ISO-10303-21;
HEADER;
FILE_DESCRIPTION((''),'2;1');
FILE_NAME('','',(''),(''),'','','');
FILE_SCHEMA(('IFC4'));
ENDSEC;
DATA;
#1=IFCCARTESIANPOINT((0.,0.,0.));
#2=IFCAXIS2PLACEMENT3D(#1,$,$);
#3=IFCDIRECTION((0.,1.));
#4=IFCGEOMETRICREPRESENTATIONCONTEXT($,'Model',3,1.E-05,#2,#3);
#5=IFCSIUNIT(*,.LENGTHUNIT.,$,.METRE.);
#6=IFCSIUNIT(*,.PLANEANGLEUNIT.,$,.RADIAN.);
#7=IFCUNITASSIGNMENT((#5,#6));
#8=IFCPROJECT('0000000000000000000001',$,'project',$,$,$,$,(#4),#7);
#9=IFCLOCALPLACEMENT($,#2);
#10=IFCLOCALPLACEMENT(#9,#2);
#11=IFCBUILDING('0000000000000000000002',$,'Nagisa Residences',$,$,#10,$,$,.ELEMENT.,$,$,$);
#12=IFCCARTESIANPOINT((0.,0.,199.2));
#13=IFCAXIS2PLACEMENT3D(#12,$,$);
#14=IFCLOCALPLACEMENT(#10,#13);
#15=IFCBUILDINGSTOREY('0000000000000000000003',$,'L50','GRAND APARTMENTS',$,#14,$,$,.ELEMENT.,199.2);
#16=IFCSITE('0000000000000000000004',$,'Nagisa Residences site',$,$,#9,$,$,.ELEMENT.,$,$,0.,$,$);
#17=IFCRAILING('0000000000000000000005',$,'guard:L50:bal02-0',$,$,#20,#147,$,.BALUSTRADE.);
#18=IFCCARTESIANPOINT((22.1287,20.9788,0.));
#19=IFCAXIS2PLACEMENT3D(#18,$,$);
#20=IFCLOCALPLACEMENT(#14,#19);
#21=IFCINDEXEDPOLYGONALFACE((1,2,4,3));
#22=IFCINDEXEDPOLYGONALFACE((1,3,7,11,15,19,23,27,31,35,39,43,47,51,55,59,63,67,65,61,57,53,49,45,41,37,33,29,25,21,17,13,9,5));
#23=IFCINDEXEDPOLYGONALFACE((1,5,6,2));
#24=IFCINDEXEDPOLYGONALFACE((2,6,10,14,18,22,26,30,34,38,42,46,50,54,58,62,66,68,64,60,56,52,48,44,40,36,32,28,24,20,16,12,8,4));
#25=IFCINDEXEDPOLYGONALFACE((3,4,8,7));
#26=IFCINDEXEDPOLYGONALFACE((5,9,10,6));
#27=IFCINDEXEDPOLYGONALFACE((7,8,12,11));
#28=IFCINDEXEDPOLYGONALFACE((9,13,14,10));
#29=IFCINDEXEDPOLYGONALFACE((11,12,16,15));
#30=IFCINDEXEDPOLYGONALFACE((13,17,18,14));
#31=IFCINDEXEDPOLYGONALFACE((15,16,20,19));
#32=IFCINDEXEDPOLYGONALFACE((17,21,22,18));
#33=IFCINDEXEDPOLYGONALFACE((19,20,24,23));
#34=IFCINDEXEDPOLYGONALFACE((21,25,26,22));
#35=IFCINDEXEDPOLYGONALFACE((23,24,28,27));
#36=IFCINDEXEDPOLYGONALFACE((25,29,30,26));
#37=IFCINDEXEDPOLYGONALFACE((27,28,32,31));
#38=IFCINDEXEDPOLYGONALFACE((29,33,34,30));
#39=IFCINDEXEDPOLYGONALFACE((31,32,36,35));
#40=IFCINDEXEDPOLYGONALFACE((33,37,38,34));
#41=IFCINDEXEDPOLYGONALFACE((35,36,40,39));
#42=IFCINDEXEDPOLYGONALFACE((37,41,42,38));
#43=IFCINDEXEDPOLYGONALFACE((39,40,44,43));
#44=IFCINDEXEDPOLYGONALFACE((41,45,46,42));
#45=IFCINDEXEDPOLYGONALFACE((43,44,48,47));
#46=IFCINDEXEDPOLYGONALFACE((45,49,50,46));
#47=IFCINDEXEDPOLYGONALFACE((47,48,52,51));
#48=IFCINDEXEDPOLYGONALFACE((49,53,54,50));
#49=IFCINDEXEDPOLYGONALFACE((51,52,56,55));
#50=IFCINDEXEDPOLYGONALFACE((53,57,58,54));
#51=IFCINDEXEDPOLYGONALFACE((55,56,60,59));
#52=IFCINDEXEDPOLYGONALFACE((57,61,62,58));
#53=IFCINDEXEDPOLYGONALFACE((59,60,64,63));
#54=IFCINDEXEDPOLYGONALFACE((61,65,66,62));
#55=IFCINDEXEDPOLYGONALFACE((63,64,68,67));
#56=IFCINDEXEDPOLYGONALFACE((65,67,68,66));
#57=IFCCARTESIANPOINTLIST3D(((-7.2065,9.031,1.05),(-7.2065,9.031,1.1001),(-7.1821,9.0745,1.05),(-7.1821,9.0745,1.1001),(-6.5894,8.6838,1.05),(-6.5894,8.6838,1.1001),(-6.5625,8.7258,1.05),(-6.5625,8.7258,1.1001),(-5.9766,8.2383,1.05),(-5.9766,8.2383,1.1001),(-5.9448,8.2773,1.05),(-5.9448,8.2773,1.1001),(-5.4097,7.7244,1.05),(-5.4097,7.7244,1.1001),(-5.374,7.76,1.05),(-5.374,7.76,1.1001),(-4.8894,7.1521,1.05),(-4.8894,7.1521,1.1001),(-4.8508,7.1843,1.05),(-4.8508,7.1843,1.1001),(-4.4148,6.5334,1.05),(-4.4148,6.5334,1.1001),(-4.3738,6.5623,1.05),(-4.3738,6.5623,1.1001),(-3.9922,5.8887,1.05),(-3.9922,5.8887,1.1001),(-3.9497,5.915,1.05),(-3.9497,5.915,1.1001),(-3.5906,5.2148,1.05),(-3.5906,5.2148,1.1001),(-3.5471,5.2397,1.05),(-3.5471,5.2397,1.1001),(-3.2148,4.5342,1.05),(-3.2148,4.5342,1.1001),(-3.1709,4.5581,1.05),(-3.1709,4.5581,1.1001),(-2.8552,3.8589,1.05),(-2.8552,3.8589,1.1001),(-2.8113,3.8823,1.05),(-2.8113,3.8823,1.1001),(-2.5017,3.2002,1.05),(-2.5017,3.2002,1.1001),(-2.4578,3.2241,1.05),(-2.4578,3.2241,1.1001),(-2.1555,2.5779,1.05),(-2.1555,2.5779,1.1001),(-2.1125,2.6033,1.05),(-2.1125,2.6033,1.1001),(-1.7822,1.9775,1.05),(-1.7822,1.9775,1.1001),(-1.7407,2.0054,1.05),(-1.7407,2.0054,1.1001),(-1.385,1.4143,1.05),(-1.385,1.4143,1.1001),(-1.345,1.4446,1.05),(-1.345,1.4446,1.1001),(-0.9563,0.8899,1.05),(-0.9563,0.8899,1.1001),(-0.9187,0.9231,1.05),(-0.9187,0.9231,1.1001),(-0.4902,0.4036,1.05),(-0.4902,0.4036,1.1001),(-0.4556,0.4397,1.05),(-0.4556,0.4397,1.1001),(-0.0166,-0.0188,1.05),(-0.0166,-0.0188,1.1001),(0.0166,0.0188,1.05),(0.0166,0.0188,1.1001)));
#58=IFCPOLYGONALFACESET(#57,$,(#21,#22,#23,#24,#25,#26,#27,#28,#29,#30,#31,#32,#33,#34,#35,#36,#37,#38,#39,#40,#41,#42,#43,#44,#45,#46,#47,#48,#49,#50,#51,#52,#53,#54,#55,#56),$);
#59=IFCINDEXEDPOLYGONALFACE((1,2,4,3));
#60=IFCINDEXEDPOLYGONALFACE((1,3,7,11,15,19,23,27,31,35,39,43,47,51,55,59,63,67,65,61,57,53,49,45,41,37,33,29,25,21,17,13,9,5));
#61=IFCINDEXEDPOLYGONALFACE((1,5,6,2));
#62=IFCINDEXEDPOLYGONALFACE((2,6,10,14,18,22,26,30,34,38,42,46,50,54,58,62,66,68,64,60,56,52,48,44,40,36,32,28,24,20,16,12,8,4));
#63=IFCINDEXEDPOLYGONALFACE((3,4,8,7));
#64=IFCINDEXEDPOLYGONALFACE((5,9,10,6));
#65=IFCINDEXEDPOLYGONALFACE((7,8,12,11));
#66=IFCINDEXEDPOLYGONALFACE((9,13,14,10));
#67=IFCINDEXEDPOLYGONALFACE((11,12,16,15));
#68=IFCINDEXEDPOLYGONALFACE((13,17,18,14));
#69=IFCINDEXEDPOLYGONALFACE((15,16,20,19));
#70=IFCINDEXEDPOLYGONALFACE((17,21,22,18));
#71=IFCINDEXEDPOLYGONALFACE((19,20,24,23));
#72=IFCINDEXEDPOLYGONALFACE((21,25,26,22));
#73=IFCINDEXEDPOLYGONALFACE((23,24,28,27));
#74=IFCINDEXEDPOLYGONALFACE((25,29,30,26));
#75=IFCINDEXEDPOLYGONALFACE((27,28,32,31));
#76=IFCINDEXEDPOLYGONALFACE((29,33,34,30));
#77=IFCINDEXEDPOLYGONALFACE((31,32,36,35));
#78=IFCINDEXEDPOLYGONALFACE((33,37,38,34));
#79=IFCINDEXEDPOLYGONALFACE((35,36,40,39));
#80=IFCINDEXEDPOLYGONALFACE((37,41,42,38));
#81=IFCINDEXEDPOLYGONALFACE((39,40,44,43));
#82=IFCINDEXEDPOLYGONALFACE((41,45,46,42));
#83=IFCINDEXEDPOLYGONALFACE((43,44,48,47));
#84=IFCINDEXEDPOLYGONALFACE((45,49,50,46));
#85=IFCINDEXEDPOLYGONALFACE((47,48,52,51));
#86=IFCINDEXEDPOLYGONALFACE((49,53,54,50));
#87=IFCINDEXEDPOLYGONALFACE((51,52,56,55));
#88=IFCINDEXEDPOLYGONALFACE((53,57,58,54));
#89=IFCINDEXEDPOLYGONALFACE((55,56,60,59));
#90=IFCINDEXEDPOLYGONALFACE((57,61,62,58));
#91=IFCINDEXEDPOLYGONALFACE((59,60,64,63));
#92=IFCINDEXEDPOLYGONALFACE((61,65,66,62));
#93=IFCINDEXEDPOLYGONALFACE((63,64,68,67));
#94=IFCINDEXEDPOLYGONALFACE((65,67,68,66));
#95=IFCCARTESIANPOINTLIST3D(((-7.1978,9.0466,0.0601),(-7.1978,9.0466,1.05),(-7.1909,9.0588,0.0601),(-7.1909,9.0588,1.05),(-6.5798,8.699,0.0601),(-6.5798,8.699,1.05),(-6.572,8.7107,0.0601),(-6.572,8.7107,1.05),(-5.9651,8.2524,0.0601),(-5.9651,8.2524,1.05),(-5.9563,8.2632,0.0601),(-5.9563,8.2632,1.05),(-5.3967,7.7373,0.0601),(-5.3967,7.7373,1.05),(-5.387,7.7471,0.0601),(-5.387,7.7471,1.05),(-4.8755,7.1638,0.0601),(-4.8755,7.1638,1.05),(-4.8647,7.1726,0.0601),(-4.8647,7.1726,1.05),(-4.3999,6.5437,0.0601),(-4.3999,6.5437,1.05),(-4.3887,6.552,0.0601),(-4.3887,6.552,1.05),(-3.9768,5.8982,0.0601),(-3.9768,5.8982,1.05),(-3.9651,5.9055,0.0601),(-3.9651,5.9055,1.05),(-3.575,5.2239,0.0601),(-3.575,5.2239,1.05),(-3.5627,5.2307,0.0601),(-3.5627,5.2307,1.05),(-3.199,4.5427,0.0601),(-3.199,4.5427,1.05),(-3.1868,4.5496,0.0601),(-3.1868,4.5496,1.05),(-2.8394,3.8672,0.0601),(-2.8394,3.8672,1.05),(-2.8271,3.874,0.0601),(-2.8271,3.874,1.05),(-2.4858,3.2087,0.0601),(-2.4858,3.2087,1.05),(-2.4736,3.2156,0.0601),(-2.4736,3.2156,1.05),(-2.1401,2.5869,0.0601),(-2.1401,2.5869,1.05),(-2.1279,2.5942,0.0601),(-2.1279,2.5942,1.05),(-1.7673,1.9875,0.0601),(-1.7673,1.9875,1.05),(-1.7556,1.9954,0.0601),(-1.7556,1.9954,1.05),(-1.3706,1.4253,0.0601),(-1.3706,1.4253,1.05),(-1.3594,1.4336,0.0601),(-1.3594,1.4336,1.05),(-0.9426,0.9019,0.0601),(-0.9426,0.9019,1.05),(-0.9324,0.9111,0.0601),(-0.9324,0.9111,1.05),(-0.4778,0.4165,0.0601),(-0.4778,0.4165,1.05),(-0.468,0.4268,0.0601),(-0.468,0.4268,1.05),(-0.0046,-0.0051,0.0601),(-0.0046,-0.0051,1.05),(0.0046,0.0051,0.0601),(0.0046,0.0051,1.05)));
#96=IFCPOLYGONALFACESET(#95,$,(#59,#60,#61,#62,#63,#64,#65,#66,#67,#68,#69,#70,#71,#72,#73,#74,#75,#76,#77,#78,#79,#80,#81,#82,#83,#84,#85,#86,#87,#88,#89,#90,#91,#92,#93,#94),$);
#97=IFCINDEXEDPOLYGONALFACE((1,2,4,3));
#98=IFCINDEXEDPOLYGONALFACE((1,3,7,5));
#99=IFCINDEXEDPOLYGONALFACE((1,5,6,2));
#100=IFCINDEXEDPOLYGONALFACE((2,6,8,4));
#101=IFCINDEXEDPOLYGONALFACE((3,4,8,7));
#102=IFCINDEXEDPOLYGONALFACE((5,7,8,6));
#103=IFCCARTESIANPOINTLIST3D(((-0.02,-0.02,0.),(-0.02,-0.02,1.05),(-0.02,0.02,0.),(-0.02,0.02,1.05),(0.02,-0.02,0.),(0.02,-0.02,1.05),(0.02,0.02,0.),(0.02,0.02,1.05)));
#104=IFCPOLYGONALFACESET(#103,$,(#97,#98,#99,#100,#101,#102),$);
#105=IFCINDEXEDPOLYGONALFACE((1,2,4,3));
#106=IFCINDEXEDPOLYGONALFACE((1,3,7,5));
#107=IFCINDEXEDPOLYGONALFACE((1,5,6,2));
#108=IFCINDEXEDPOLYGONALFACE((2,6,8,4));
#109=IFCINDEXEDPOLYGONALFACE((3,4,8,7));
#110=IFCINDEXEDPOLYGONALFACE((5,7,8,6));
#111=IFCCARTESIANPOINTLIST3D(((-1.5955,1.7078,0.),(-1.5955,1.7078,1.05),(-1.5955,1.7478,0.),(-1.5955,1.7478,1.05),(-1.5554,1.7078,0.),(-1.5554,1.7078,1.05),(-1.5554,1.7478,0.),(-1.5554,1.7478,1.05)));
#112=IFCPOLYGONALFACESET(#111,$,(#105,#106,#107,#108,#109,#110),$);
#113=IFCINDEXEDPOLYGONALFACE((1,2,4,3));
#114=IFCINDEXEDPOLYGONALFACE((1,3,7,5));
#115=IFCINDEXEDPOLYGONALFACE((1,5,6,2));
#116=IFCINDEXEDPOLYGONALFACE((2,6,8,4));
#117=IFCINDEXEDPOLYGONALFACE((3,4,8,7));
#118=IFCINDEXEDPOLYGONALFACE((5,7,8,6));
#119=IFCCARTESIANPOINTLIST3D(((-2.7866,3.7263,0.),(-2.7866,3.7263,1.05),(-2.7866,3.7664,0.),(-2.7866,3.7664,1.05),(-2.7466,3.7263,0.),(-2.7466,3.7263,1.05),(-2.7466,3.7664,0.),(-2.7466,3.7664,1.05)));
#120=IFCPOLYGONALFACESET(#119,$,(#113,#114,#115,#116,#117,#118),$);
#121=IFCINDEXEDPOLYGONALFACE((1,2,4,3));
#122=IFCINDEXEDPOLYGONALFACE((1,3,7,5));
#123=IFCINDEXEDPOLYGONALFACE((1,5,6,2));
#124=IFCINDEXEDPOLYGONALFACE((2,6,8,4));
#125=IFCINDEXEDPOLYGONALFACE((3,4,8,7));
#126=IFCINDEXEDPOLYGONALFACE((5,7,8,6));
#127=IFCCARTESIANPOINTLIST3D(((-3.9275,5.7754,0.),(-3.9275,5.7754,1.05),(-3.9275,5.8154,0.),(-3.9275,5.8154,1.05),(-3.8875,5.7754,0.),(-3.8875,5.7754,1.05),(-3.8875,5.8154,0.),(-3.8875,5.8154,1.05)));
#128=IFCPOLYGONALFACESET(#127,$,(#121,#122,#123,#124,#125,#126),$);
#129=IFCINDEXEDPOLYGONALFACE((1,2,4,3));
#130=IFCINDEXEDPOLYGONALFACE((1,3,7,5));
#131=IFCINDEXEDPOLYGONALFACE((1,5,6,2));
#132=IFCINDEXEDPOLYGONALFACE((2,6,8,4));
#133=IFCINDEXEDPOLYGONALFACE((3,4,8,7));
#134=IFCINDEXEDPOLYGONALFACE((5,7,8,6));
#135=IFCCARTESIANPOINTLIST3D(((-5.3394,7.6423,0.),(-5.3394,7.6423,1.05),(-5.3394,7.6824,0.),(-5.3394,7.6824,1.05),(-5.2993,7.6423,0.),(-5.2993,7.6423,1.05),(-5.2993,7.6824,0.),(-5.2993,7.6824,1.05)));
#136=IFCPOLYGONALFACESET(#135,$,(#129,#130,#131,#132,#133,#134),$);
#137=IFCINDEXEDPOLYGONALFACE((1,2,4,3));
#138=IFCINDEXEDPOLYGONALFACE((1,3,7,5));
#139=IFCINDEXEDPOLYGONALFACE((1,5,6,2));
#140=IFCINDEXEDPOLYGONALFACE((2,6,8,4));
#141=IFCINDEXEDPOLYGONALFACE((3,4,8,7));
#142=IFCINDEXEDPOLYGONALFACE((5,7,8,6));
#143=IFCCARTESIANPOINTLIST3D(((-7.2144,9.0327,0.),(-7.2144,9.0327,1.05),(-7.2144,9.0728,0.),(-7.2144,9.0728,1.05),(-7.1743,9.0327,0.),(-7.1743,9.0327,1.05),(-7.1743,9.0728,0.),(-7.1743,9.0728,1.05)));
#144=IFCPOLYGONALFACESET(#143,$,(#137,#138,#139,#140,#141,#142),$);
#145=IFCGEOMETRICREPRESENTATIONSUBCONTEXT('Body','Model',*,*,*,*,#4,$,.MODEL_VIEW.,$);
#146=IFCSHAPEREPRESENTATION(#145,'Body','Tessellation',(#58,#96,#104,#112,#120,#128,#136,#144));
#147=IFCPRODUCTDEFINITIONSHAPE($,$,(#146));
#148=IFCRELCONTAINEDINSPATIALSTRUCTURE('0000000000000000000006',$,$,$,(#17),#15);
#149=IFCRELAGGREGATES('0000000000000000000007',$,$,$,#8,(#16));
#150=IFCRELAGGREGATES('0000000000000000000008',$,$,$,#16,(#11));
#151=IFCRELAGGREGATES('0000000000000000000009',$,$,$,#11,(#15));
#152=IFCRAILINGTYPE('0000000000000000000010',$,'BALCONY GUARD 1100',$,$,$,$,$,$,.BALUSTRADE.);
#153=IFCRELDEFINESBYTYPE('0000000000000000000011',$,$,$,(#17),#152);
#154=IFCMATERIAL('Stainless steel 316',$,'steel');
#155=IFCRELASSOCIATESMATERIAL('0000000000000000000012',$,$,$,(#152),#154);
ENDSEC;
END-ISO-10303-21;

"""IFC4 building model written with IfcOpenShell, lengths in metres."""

from ifc_helpers import new_model, si_unit, direction, frame, origin, origin_2d, place, context, subcontext, project, spatial, polyline, rectangle, outline, extrude, material, type_object, element, save


model = new_model("IFC4")

# Units and contexts
model_context = context("Model", 3, precision=1e-05, world=origin(), true_north=direction((0.0, 1.0)))
body_context = subcontext(model_context, "Body", "Model", "MODEL_VIEW")
ifc_project = project(units=[si_unit("LENGTHUNIT", "METRE"), si_unit("PLANEANGLEUNIT", "RADIAN")], contexts=[model_context])

# Site, building, storey
site_placement = place(None, origin())
site = spatial("IfcSite", under=ifc_project, at=site_placement, Name="Nagisa Residences site", CompositionType="ELEMENT", RefElevation=0.0)
building_placement = place(site_placement, origin())
building = spatial("IfcBuilding", under=site, at=building_placement, Name="Nagisa Residences", CompositionType="ELEMENT")
storey_placement = place(building_placement, frame((0.0, 0.0, 199.2)))
storey = spatial("IfcBuildingStorey", under=building, at=storey_placement, Name="L50", Description="GRAND APARTMENTS", CompositionType="ELEMENT", Elevation=199.2)

# Railing
ifc_material_1 = material(Name="Stainless steel 316", Category="steel")
railing_type = type_object("IfcRailingType", Name="BALCONY GUARD 1100", PredefinedType="BALUSTRADE", material=ifc_material_1)
railing_1_placement = place(storey_placement, frame((22.1287, 20.9788, 0.0)))
element("IfcRailing", 1, at=railing_1_placement, inside=storey, type_object=railing_type, Name="guard:L50:bal02-0", PredefinedType="BALUSTRADE", context=body_context, shape_type="SweptSolid", body=[
    extrude(outline(polyline([(-0.4902, 0.4036), (-0.0166, -0.0188), (0.0166, 0.0188), (-0.4556, 0.4397), (-0.9187, 0.9231), (-1.345, 1.4446), (-1.7407, 2.0054), (-2.1125, 2.6033), (-2.4578, 3.2241), (-2.8113, 3.8823), (-3.1709, 4.5581), (-3.5471, 5.2397), (-3.9497, 5.915), (-4.3738, 6.5623), (-4.8508, 7.1843), (-5.374, 7.76), (-5.9448, 8.2773), (-6.5625, 8.7258), (-7.1821, 9.0745), (-7.2065, 9.031), (-6.5894, 8.6838), (-5.9766, 8.2383), (-5.4097, 7.7244), (-4.8894, 7.1521), (-4.4148, 6.5334), (-3.9922, 5.8887), (-3.5906, 5.2148), (-3.2148, 4.5342), (-2.8552, 3.8589), (-2.5017, 3.2002), (-2.1555, 2.5779), (-1.7822, 1.9775), (-1.385, 1.4143), (-0.9563, 0.8899), (-0.4902, 0.4036)])), frame((0.0, 0.0, 1.05)), (0.0, 0.0, 1.0), 0.05),
    extrude(outline(polyline([(-0.4778, 0.4165), (-0.0046, -0.0051), (0.0046, 0.0051), (-0.468, 0.4268), (-0.9324, 0.9111), (-1.3594, 1.4336), (-1.7556, 1.9954), (-2.1279, 2.5942), (-2.4736, 3.2156), (-2.8271, 3.874), (-3.1868, 4.5496), (-3.5627, 5.2307), (-3.9651, 5.9055), (-4.3887, 6.552), (-4.8647, 7.1726), (-5.387, 7.7471), (-5.9563, 8.2632), (-6.572, 8.7107), (-7.1909, 9.0588), (-7.1978, 9.0466), (-6.5798, 8.699), (-5.9651, 8.2524), (-5.3967, 7.7373), (-4.8755, 7.1638), (-4.3999, 6.5437), (-3.9768, 5.8982), (-3.575, 5.2239), (-3.199, 4.5427), (-2.8394, 3.8672), (-2.4858, 3.2087), (-2.1401, 2.5869), (-1.7673, 1.9875), (-1.3706, 1.4253), (-0.9426, 0.9019), (-0.4778, 0.4165)])), frame((0.0, 0.0, 0.0601)), (0.0, 0.0, 1.0), 0.99),
    extrude(rectangle(XDim=0.04, YDim=0.04, at=origin_2d()), origin(), (0.0, 0.0, 1.0), 1.05),
    extrude(rectangle(XDim=0.04, YDim=0.04, at=origin_2d()), frame((-1.5754, 1.7278, 0.0)), (0.0, 0.0, 1.0), 1.05),
    extrude(rectangle(XDim=0.04, YDim=0.04, at=origin_2d()), frame((-2.7666, 3.7463, 0.0)), (0.0, 0.0, 1.0), 1.05),
    extrude(rectangle(XDim=0.04, YDim=0.04, at=origin_2d()), frame((-3.9075, 5.7954, 0.0)), (0.0, 0.0, 1.0), 1.05),
    extrude(rectangle(XDim=0.04, YDim=0.04, at=origin_2d()), frame((-5.3193, 7.6624, 0.0)), (0.0, 0.0, 1.0), 1.05),
    extrude(rectangle(XDim=0.04, YDim=0.04, at=origin_2d()), frame((-7.1943, 9.0527, 0.0)), (0.0, 0.0, 1.0), 1.05),
])

save(model, "model.ifc")
